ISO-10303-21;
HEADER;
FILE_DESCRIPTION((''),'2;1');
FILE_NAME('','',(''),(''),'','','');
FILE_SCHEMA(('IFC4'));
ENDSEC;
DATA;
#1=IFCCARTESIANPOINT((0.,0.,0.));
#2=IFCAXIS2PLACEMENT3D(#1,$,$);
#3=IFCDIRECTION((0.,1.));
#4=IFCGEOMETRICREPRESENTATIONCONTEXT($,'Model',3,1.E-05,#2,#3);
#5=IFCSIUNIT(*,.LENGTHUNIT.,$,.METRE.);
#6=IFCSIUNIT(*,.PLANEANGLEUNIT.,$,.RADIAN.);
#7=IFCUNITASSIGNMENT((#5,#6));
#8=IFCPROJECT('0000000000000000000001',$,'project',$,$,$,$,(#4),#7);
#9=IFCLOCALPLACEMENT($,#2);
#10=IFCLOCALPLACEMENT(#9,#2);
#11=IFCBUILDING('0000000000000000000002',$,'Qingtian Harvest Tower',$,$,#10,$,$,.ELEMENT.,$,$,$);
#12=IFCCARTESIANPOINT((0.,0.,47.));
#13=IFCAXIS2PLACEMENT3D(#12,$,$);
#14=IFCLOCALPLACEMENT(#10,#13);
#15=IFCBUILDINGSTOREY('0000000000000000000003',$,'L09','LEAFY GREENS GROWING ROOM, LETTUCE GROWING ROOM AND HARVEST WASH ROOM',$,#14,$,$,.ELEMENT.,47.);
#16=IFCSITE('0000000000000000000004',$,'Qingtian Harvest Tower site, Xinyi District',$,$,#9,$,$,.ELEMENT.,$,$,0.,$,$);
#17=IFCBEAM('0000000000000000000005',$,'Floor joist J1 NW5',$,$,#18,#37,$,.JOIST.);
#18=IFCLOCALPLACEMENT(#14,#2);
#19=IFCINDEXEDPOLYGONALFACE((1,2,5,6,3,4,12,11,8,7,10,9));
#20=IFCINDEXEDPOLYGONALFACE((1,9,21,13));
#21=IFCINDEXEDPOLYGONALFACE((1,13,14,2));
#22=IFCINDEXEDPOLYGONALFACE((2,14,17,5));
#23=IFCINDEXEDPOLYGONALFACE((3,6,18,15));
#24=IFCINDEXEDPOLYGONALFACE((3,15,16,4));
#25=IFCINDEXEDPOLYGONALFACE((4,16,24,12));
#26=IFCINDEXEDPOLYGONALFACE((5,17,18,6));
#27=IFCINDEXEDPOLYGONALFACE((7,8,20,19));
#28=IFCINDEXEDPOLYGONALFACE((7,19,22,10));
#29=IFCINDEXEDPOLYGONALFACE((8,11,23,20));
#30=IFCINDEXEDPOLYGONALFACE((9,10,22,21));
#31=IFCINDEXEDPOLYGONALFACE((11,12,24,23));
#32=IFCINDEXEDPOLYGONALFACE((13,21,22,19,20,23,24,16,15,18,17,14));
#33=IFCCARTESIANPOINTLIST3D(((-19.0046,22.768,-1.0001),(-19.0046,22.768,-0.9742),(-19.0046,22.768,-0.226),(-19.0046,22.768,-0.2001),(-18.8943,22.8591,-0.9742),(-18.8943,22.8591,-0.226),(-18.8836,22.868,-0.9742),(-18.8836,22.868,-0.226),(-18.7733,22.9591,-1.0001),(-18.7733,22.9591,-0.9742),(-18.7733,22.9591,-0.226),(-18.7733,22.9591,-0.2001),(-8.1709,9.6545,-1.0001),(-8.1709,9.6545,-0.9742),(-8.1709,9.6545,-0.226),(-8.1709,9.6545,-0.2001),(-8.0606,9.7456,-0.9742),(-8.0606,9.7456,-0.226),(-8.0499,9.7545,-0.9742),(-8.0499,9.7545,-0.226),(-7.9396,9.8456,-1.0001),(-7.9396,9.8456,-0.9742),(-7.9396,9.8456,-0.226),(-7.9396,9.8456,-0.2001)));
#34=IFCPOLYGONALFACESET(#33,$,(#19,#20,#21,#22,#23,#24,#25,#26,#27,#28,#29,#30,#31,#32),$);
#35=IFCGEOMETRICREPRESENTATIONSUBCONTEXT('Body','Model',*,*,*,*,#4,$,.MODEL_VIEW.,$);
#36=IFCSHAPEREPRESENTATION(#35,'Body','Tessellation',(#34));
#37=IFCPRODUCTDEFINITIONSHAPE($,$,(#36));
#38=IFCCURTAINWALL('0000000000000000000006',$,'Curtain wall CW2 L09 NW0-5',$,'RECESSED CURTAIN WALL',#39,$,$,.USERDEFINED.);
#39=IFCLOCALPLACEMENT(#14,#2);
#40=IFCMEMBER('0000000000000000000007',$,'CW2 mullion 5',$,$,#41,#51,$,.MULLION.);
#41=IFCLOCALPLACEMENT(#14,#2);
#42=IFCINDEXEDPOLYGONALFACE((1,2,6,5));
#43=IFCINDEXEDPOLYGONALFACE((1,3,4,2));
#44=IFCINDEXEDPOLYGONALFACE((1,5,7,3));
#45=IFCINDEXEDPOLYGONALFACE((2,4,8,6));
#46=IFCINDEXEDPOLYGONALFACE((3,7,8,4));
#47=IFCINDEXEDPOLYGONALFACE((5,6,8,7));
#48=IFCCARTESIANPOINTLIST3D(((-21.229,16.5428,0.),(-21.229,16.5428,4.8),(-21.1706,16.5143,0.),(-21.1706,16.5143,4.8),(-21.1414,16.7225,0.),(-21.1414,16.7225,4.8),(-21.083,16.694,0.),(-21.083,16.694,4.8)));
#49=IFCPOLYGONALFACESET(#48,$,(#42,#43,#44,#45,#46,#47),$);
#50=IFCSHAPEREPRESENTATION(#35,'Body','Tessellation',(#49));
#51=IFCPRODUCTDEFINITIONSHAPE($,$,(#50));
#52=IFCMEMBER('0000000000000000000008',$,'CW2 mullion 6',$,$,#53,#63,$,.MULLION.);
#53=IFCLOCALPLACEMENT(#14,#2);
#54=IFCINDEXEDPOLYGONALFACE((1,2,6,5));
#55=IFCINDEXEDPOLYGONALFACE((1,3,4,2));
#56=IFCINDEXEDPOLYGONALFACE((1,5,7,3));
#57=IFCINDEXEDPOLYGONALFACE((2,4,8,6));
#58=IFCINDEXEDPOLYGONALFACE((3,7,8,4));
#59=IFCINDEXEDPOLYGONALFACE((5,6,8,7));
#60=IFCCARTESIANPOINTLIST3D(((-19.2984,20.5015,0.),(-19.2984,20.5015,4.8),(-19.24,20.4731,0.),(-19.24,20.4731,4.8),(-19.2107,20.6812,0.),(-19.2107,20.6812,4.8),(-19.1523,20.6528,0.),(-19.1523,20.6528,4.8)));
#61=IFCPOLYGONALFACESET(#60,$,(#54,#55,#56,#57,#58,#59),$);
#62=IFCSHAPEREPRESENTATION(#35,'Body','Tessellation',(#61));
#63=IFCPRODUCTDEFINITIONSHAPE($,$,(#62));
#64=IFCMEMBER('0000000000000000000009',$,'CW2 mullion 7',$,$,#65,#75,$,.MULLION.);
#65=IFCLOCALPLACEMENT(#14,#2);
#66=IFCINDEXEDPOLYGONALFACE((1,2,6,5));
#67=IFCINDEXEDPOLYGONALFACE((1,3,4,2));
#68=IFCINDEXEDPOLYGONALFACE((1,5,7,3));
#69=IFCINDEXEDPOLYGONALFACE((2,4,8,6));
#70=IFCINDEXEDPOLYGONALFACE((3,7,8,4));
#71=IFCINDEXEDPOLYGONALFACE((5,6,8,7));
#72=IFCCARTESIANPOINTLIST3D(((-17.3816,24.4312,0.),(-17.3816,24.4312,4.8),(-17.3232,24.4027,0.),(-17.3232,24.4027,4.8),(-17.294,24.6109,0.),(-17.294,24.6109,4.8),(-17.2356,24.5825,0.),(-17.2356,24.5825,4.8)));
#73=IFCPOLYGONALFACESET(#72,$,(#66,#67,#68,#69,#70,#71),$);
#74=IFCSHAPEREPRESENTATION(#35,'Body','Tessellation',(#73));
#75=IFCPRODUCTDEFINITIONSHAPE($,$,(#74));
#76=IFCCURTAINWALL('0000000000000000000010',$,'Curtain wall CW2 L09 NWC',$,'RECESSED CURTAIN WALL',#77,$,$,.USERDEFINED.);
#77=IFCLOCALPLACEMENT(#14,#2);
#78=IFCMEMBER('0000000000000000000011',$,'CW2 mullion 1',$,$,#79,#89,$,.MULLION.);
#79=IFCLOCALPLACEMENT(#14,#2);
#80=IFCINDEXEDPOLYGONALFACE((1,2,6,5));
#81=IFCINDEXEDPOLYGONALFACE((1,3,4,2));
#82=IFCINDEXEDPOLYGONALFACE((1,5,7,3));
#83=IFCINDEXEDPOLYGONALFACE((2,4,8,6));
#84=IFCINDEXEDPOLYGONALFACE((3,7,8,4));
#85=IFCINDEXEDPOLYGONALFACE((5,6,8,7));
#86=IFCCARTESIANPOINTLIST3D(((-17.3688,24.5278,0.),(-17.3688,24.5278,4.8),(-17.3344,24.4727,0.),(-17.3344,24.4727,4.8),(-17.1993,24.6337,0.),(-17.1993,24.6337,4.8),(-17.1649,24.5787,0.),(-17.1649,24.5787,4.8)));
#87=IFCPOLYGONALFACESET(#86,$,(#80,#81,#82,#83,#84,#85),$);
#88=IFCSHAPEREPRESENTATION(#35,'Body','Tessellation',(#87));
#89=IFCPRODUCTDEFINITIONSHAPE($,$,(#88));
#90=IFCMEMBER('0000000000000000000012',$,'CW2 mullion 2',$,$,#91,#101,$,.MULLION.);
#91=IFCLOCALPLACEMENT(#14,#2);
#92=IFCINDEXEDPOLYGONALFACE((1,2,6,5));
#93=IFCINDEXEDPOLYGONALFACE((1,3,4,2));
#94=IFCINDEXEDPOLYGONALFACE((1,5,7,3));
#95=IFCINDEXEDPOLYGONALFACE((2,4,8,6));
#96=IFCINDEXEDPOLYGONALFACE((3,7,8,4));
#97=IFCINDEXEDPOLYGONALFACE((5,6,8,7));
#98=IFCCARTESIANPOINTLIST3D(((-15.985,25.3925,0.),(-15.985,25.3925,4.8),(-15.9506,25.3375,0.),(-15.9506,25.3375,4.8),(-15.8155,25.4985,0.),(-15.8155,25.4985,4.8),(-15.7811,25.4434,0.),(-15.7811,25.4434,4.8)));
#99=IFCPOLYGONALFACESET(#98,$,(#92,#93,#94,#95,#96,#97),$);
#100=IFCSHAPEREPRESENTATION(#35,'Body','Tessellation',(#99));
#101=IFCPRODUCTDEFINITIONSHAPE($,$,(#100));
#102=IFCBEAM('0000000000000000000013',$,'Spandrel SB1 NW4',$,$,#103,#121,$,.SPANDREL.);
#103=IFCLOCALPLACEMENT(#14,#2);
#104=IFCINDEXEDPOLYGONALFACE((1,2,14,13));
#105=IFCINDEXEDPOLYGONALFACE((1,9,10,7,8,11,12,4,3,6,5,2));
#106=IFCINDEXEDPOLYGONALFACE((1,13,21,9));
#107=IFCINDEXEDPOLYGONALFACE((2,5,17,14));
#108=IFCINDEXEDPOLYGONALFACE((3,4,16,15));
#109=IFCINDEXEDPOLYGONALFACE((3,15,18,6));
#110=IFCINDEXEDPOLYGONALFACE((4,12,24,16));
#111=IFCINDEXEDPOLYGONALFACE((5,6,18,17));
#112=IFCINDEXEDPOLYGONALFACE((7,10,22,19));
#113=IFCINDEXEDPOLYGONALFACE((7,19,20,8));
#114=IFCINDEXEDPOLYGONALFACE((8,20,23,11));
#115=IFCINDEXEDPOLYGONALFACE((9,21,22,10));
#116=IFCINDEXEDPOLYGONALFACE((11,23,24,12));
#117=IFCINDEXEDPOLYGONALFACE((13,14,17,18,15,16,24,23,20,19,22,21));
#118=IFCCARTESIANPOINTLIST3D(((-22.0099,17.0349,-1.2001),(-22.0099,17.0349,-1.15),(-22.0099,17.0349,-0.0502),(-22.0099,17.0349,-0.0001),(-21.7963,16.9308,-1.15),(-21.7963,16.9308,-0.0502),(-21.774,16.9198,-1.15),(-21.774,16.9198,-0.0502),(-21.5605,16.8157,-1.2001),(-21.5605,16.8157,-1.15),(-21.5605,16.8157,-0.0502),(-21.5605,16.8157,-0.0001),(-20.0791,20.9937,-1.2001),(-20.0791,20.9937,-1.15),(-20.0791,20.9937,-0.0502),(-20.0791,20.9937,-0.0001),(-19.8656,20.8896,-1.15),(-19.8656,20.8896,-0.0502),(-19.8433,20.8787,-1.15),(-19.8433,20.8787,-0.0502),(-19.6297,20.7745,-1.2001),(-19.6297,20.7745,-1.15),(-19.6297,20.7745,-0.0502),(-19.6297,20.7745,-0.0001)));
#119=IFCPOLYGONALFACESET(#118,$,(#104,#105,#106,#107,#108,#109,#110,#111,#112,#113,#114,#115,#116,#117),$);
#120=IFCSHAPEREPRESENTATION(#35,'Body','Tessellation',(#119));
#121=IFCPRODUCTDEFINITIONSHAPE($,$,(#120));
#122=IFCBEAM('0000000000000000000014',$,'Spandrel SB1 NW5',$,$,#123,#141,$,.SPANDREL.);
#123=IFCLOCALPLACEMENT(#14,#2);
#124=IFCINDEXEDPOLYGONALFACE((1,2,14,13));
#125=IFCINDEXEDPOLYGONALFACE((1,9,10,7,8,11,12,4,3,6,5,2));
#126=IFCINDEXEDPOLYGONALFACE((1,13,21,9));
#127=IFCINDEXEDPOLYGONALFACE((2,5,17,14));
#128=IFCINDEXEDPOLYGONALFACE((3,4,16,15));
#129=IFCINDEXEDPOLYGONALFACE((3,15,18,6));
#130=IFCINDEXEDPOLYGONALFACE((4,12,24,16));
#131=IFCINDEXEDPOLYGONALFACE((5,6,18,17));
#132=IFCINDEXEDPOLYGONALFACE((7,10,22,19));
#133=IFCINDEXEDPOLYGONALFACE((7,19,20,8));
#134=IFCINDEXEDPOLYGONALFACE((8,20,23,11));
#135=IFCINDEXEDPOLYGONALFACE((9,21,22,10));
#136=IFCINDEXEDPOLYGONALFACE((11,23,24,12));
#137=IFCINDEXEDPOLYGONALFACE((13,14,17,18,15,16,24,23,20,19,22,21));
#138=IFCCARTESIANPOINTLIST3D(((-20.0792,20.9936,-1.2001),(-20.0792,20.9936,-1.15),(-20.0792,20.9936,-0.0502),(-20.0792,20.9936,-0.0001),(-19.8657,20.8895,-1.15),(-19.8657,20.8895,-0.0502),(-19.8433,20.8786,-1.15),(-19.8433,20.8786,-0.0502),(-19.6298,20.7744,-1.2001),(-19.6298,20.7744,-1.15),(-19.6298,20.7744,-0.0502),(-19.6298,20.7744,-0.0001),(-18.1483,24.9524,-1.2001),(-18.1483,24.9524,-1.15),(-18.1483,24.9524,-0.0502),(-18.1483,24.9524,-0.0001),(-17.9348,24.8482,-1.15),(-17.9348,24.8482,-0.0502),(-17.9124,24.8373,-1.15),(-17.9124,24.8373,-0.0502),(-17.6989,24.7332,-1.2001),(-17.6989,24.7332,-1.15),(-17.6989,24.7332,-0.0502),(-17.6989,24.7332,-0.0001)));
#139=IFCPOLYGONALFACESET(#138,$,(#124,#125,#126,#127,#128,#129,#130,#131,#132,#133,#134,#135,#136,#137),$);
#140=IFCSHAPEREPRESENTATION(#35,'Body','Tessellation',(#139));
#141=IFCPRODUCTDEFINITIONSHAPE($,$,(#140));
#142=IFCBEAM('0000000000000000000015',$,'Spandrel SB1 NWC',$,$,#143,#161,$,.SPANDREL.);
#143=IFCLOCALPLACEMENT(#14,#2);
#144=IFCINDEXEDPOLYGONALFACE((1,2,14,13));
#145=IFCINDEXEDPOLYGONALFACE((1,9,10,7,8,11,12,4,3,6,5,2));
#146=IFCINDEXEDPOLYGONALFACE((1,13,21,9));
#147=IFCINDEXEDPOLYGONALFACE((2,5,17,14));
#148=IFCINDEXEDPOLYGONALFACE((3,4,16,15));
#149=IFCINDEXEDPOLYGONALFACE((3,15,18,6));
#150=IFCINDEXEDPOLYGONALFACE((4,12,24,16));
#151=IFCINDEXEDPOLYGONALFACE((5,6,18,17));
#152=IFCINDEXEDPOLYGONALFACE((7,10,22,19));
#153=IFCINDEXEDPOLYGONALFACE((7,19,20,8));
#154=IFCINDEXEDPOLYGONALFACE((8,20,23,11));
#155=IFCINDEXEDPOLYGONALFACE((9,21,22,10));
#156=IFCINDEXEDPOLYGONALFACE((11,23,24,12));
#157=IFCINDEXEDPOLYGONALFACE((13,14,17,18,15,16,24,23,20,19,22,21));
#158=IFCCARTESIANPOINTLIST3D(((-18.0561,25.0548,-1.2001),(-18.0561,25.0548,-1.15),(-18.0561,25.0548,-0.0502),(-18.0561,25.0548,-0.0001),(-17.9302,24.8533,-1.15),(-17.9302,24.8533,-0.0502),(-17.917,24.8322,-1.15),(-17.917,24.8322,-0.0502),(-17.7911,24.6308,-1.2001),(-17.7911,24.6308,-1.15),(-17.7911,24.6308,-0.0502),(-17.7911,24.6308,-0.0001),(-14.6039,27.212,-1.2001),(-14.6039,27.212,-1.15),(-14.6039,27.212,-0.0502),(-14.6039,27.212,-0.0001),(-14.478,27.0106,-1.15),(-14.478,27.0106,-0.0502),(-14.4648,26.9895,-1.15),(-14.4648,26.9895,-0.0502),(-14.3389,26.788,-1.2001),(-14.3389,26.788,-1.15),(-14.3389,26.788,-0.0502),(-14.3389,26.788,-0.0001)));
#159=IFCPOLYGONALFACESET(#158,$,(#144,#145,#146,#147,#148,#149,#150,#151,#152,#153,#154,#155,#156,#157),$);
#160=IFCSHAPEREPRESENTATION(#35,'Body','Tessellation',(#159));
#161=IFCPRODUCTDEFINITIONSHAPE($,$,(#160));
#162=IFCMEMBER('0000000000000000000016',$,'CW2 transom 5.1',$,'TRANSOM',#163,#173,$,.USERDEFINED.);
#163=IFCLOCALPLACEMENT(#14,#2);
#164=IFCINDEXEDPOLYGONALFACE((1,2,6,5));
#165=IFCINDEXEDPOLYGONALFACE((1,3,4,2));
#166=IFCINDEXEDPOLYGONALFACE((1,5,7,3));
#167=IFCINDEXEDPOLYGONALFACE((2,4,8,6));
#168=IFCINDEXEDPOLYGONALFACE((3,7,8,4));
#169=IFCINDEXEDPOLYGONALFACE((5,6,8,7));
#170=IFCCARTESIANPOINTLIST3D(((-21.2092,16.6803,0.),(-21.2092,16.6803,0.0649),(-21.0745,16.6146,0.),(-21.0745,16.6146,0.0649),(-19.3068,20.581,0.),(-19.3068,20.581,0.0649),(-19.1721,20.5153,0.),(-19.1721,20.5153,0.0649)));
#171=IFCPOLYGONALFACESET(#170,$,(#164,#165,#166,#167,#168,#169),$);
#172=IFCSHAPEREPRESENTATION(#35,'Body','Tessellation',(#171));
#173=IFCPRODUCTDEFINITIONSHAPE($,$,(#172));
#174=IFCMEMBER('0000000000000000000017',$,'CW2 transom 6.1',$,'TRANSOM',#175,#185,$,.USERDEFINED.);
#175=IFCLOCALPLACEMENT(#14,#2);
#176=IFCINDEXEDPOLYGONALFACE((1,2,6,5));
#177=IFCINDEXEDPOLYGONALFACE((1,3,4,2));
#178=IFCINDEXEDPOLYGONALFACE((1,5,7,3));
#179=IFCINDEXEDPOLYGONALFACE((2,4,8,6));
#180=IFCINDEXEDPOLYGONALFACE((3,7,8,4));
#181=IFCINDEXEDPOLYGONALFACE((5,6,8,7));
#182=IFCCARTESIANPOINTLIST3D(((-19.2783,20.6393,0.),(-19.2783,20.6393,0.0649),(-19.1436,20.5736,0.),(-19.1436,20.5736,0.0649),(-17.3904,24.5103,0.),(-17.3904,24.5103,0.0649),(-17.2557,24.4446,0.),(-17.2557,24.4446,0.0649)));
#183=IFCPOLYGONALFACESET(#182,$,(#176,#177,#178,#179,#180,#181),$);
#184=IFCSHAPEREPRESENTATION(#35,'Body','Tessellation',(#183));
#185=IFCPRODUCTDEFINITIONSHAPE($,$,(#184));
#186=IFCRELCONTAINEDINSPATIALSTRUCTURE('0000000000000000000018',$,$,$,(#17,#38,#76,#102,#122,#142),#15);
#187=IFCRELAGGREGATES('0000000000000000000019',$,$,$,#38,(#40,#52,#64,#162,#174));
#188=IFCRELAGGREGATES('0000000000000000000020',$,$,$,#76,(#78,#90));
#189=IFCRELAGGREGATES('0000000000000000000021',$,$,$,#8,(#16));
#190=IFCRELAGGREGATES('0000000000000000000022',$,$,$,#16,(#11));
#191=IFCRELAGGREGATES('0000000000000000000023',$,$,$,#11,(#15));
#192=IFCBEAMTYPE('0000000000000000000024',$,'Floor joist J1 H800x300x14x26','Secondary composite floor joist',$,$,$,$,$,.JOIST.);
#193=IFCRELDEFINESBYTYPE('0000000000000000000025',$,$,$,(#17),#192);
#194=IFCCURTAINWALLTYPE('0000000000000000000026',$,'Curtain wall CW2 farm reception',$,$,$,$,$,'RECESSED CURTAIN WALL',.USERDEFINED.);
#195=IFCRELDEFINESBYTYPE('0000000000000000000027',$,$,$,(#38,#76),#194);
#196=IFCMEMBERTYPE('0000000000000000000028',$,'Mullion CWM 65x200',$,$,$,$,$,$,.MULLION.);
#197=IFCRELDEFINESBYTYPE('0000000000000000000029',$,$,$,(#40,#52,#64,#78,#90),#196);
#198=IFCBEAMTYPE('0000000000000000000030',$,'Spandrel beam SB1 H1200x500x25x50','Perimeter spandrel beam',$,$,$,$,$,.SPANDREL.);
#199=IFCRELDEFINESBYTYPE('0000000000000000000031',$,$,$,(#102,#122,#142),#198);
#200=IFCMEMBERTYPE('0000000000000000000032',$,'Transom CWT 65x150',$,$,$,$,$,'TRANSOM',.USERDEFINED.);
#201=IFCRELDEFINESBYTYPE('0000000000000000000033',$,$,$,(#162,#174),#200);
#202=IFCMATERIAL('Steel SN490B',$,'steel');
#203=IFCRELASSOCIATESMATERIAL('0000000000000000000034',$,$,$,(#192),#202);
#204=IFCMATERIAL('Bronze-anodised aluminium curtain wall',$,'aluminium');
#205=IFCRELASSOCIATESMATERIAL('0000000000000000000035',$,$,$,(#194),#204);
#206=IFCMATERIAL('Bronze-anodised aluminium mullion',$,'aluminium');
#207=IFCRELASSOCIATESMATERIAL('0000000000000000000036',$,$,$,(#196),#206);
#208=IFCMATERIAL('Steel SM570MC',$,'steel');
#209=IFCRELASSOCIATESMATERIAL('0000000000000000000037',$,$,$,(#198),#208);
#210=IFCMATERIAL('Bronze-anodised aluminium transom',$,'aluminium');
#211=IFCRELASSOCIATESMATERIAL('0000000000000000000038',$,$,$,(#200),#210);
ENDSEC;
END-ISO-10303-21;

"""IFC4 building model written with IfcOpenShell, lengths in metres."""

from ifc_helpers import new_model, si_unit, direction, frame, origin, origin_2d, place, context, subcontext, project, spatial, rectangle, i_section, extrude, material, material_profile, profile_set, type_object, element, aggregate, save


model = new_model("IFC4")

# Units and contexts
model_context = context("Model", 3, precision=1e-05, world=origin(), true_north=direction((0.0, 1.0)))
body_context = subcontext(model_context, "Body", "Model", "MODEL_VIEW")
ifc_project = project(units=[si_unit("LENGTHUNIT", "METRE"), si_unit("PLANEANGLEUNIT", "RADIAN")], contexts=[model_context])

# Site, building, storey
site_placement = place(None, origin())
site = spatial("IfcSite", under=ifc_project, at=site_placement, Name="Qingtian Harvest Tower site, Xinyi District", CompositionType="ELEMENT", RefElevation=0.0)
building_placement = place(site_placement, origin())
building = spatial("IfcBuilding", under=site, at=building_placement, Name="Qingtian Harvest Tower", CompositionType="ELEMENT")
storey_placement = place(building_placement, frame((0.0, 0.0, 47.0)))
storey = spatial("IfcBuildingStorey", under=building, at=storey_placement, Name="L09", Description="LEAFY GREENS GROWING ROOM, LETTUCE GROWING ROOM AND HARVEST WASH ROOM", CompositionType="ELEMENT", Elevation=47.0)

# Beam
ifc_material_1 = material(Name="Steel SN490B", Category="steel")
ifc_material_profile_1 = material_profile(ifc_material_1, i_section(OverallWidth=0.3, OverallDepth=0.8, WebThickness=0.0139, FlangeThickness=0.0259, at=origin_2d()), Name="H800x300x14x26")
ifc_profile_set_1 = profile_set([ifc_material_profile_1], Name="Steel SN490B")
beam_type_1 = type_object("IfcBeamType", Name="Floor joist J1 H800x300x14x26", Description="Secondary composite floor joist", PredefinedType="JOIST", material=ifc_profile_set_1)
beam_1_placement = place(storey_placement, frame((-18.8889, 22.8635, -0.6001), z_axis=(0.63691, -0.770938, 0.0), x_axis=(0.770938, 0.63691, 0.0)))
element("IfcBeam", 1, at=beam_1_placement, inside=storey, type_object=beam_type_1, Name="Floor joist J1 NW5", PredefinedType="JOIST", context=body_context, shape_type="SweptSolid", body=[
    extrude(i_section(OverallWidth=0.3, OverallDepth=0.8, WebThickness=0.0139, FlangeThickness=0.0259, at=origin_2d()), origin(), (0.0, 0.0, 1.0), 17.0098),
])

# Curtain walls, members
ifc_material_2 = material(Name="Bronze-anodised aluminium curtain wall", Category="aluminium")
curtain_wall_type = type_object("IfcCurtainWallType", Name="Curtain wall CW2 farm reception", ElementType="RECESSED CURTAIN WALL", PredefinedType="USERDEFINED", material=ifc_material_2)
curtain_wall_1_placement = place(storey_placement, origin())
curtain_wall_1 = element("IfcCurtainWall", 2, at=curtain_wall_1_placement, inside=storey, type_object=curtain_wall_type, Name="Curtain wall CW2 L09 NW0-5", ObjectType="RECESSED CURTAIN WALL", PredefinedType="USERDEFINED")
ifc_material_3 = material(Name="Bronze-anodised aluminium mullion", Category="aluminium")
ifc_material_profile_2 = material_profile(ifc_material_3, rectangle(XDim=0.0649, YDim=0.2, at=origin_2d()), Name="AL 65x200")
ifc_profile_set_2 = profile_set([ifc_material_profile_2], Name="Bronze-anodised aluminium mullion")
member_type_1 = type_object("IfcMemberType", Name="Mullion CWM 65x200", PredefinedType="MULLION", material=ifc_profile_set_2)
member_1_placement = place(storey_placement, frame((-21.156, 16.6184, 0.0), z_axis=(0.0, 0.0, 1.0), x_axis=(-0.898794, 0.438371, 0.0)))
member_1 = element("IfcMember", 3, at=member_1_placement, type_object=member_type_1, Name="CW2 mullion 5", PredefinedType="MULLION", context=body_context, shape_type="SweptSolid", body=[
    extrude(rectangle(XDim=0.0649, YDim=0.2, at=origin_2d()), origin(), (0.0, 0.0, 1.0), 4.8),
])
member_2_placement = place(storey_placement, frame((-19.2253, 20.5771, 0.0), z_axis=(0.0, 0.0, 1.0), x_axis=(-0.898794, 0.438371, 0.0)))
member_2 = element("IfcMember", 4, at=member_2_placement, type_object=member_type_1, Name="CW2 mullion 6", PredefinedType="MULLION", context=body_context, shape_type="SweptSolid", body=[
    extrude(rectangle(XDim=0.0649, YDim=0.2, at=origin_2d()), origin(), (0.0, 0.0, 1.0), 4.8),
])
member_3_placement = place(storey_placement, frame((-17.3086, 24.5068, 0.0), z_axis=(0.0, 0.0, 1.0), x_axis=(-0.898794, 0.438371, 0.0)))
member_3 = element("IfcMember", 5, at=member_3_placement, type_object=member_type_1, Name="CW2 mullion 7", PredefinedType="MULLION", context=body_context, shape_type="SweptSolid", body=[
    extrude(rectangle(XDim=0.0649, YDim=0.2, at=origin_2d()), origin(), (0.0, 0.0, 1.0), 4.8),
])
curtain_wall_2_placement = place(storey_placement, origin())
curtain_wall_2 = element("IfcCurtainWall", 6, at=curtain_wall_2_placement, inside=storey, type_object=curtain_wall_type, Name="Curtain wall CW2 L09 NWC", ObjectType="RECESSED CURTAIN WALL", PredefinedType="USERDEFINED")
member_4_placement = place(storey_placement, frame((-17.2668, 24.5532, 0.0), z_axis=(0.0, 0.0, 1.0), x_axis=(-0.529919, 0.848048, 0.0)))
member_4 = element("IfcMember", 7, at=member_4_placement, type_object=member_type_1, Name="CW2 mullion 1", PredefinedType="MULLION", context=body_context, shape_type="SweptSolid", body=[
    extrude(rectangle(XDim=0.0649, YDim=0.2, at=origin_2d()), origin(), (0.0, 0.0, 1.0), 4.8),
])
member_5_placement = place(storey_placement, frame((-15.8831, 25.418, 0.0), z_axis=(0.0, 0.0, 1.0), x_axis=(-0.529919, 0.848048, 0.0)))
member_5 = element("IfcMember", 8, at=member_5_placement, type_object=member_type_1, Name="CW2 mullion 2", PredefinedType="MULLION", context=body_context, shape_type="SweptSolid", body=[
    extrude(rectangle(XDim=0.0649, YDim=0.2, at=origin_2d()), origin(), (0.0, 0.0, 1.0), 4.8),
])

# Beams
ifc_material_4 = material(Name="Steel SM570MC", Category="steel")
ifc_material_profile_3 = material_profile(ifc_material_4, i_section(OverallWidth=0.5, OverallDepth=1.2, WebThickness=0.0249, FlangeThickness=0.05, at=origin_2d()), Name="H1200x500x25x50")
ifc_profile_set_3 = profile_set([ifc_material_profile_3], Name="Steel SM570MC")
beam_type_2 = type_object("IfcBeamType", Name="Spandrel beam SB1 H1200x500x25x50", Description="Perimeter spandrel beam", PredefinedType="SPANDREL", material=ifc_profile_set_3)
for number, where, z_axis, x_axis, name in (
    (9, (-21.7852, 16.9253, -0.6001), (0.438345, 0.898807, 0.0), (-0.898807, 0.438345, 0.0), "Spandrel SB1 NW4"),
    (10, (-19.8545, 20.884, -0.6001), (0.43839, 0.898785, 0.0), (-0.898785, 0.43839, 0.0), "Spandrel SB1 NW5"),
):
    element("IfcBeam", number, at=place(storey_placement, frame(where, z_axis=z_axis, x_axis=x_axis)), inside=storey, type_object=beam_type_2, Name=name, PredefinedType="SPANDREL", context=body_context, shape_type="SweptSolid", body=[
        extrude(i_section(OverallWidth=0.5, OverallDepth=1.2, WebThickness=0.0249, FlangeThickness=0.05, at=origin_2d()), origin(), (0.0, 0.0, 1.0), 4.4045),
    ])
beam_2_placement = place(storey_placement, frame((-17.9236, 24.8428, -0.6001), z_axis=(0.848039, 0.529934, 0.0), x_axis=(-0.529934, 0.848039, 0.0)))
element("IfcBeam", 11, at=beam_2_placement, inside=storey, type_object=beam_type_2, Name="Spandrel SB1 NWC", PredefinedType="SPANDREL", context=body_context, shape_type="SweptSolid", body=[
    extrude(i_section(OverallWidth=0.5, OverallDepth=1.2, WebThickness=0.0249, FlangeThickness=0.05, at=origin_2d()), origin(), (0.0, 0.0, 1.0), 4.0708),
])

# Members
ifc_material_5 = material(Name="Bronze-anodised aluminium transom", Category="aluminium")
ifc_material_profile_4 = material_profile(ifc_material_5, rectangle(XDim=0.1499, YDim=0.0649, at=origin_2d()), Name="AL 65x150")
ifc_profile_set_4 = profile_set([ifc_material_profile_4], Name="Bronze-anodised aluminium transom")
member_type_2 = type_object("IfcMemberType", Name="Transom CWT 65x150", ElementType="TRANSOM", PredefinedType="USERDEFINED", material=ifc_profile_set_4)
member_6_placement = place(storey_placement, frame((-21.1418, 16.6475, 0.0325), z_axis=(0.438348, 0.898805, 0.0), x_axis=(-0.898805, 0.438348, 0.0)))
member_6 = element("IfcMember", 12, at=member_6_placement, type_object=member_type_2, Name="CW2 transom 5.1", ObjectType="TRANSOM", PredefinedType="USERDEFINED", context=body_context, shape_type="SweptSolid", body=[
    extrude(rectangle(XDim=0.1499, YDim=0.0649, at=origin_2d()), origin(), (0.0, 0.0, 1.0), 4.3398),
])
member_7_placement = place(storey_placement, frame((-19.2109, 20.6064, 0.0325), z_axis=(0.438349, 0.898805, 0.0), x_axis=(-0.898805, 0.438349, 0.0)))
member_7 = element("IfcMember", 13, at=member_7_placement, type_object=member_type_2, Name="CW2 transom 6.1", ObjectType="TRANSOM", PredefinedType="USERDEFINED", context=body_context, shape_type="SweptSolid", body=[
    extrude(rectangle(XDim=0.1499, YDim=0.0649, at=origin_2d()), origin(), (0.0, 0.0, 1.0), 4.3069),
])

aggregate(curtain_wall_1, [member_1, member_2, member_3, member_6, member_7])
aggregate(curtain_wall_2, [member_4, member_5])

save(model, "model.ifc")
